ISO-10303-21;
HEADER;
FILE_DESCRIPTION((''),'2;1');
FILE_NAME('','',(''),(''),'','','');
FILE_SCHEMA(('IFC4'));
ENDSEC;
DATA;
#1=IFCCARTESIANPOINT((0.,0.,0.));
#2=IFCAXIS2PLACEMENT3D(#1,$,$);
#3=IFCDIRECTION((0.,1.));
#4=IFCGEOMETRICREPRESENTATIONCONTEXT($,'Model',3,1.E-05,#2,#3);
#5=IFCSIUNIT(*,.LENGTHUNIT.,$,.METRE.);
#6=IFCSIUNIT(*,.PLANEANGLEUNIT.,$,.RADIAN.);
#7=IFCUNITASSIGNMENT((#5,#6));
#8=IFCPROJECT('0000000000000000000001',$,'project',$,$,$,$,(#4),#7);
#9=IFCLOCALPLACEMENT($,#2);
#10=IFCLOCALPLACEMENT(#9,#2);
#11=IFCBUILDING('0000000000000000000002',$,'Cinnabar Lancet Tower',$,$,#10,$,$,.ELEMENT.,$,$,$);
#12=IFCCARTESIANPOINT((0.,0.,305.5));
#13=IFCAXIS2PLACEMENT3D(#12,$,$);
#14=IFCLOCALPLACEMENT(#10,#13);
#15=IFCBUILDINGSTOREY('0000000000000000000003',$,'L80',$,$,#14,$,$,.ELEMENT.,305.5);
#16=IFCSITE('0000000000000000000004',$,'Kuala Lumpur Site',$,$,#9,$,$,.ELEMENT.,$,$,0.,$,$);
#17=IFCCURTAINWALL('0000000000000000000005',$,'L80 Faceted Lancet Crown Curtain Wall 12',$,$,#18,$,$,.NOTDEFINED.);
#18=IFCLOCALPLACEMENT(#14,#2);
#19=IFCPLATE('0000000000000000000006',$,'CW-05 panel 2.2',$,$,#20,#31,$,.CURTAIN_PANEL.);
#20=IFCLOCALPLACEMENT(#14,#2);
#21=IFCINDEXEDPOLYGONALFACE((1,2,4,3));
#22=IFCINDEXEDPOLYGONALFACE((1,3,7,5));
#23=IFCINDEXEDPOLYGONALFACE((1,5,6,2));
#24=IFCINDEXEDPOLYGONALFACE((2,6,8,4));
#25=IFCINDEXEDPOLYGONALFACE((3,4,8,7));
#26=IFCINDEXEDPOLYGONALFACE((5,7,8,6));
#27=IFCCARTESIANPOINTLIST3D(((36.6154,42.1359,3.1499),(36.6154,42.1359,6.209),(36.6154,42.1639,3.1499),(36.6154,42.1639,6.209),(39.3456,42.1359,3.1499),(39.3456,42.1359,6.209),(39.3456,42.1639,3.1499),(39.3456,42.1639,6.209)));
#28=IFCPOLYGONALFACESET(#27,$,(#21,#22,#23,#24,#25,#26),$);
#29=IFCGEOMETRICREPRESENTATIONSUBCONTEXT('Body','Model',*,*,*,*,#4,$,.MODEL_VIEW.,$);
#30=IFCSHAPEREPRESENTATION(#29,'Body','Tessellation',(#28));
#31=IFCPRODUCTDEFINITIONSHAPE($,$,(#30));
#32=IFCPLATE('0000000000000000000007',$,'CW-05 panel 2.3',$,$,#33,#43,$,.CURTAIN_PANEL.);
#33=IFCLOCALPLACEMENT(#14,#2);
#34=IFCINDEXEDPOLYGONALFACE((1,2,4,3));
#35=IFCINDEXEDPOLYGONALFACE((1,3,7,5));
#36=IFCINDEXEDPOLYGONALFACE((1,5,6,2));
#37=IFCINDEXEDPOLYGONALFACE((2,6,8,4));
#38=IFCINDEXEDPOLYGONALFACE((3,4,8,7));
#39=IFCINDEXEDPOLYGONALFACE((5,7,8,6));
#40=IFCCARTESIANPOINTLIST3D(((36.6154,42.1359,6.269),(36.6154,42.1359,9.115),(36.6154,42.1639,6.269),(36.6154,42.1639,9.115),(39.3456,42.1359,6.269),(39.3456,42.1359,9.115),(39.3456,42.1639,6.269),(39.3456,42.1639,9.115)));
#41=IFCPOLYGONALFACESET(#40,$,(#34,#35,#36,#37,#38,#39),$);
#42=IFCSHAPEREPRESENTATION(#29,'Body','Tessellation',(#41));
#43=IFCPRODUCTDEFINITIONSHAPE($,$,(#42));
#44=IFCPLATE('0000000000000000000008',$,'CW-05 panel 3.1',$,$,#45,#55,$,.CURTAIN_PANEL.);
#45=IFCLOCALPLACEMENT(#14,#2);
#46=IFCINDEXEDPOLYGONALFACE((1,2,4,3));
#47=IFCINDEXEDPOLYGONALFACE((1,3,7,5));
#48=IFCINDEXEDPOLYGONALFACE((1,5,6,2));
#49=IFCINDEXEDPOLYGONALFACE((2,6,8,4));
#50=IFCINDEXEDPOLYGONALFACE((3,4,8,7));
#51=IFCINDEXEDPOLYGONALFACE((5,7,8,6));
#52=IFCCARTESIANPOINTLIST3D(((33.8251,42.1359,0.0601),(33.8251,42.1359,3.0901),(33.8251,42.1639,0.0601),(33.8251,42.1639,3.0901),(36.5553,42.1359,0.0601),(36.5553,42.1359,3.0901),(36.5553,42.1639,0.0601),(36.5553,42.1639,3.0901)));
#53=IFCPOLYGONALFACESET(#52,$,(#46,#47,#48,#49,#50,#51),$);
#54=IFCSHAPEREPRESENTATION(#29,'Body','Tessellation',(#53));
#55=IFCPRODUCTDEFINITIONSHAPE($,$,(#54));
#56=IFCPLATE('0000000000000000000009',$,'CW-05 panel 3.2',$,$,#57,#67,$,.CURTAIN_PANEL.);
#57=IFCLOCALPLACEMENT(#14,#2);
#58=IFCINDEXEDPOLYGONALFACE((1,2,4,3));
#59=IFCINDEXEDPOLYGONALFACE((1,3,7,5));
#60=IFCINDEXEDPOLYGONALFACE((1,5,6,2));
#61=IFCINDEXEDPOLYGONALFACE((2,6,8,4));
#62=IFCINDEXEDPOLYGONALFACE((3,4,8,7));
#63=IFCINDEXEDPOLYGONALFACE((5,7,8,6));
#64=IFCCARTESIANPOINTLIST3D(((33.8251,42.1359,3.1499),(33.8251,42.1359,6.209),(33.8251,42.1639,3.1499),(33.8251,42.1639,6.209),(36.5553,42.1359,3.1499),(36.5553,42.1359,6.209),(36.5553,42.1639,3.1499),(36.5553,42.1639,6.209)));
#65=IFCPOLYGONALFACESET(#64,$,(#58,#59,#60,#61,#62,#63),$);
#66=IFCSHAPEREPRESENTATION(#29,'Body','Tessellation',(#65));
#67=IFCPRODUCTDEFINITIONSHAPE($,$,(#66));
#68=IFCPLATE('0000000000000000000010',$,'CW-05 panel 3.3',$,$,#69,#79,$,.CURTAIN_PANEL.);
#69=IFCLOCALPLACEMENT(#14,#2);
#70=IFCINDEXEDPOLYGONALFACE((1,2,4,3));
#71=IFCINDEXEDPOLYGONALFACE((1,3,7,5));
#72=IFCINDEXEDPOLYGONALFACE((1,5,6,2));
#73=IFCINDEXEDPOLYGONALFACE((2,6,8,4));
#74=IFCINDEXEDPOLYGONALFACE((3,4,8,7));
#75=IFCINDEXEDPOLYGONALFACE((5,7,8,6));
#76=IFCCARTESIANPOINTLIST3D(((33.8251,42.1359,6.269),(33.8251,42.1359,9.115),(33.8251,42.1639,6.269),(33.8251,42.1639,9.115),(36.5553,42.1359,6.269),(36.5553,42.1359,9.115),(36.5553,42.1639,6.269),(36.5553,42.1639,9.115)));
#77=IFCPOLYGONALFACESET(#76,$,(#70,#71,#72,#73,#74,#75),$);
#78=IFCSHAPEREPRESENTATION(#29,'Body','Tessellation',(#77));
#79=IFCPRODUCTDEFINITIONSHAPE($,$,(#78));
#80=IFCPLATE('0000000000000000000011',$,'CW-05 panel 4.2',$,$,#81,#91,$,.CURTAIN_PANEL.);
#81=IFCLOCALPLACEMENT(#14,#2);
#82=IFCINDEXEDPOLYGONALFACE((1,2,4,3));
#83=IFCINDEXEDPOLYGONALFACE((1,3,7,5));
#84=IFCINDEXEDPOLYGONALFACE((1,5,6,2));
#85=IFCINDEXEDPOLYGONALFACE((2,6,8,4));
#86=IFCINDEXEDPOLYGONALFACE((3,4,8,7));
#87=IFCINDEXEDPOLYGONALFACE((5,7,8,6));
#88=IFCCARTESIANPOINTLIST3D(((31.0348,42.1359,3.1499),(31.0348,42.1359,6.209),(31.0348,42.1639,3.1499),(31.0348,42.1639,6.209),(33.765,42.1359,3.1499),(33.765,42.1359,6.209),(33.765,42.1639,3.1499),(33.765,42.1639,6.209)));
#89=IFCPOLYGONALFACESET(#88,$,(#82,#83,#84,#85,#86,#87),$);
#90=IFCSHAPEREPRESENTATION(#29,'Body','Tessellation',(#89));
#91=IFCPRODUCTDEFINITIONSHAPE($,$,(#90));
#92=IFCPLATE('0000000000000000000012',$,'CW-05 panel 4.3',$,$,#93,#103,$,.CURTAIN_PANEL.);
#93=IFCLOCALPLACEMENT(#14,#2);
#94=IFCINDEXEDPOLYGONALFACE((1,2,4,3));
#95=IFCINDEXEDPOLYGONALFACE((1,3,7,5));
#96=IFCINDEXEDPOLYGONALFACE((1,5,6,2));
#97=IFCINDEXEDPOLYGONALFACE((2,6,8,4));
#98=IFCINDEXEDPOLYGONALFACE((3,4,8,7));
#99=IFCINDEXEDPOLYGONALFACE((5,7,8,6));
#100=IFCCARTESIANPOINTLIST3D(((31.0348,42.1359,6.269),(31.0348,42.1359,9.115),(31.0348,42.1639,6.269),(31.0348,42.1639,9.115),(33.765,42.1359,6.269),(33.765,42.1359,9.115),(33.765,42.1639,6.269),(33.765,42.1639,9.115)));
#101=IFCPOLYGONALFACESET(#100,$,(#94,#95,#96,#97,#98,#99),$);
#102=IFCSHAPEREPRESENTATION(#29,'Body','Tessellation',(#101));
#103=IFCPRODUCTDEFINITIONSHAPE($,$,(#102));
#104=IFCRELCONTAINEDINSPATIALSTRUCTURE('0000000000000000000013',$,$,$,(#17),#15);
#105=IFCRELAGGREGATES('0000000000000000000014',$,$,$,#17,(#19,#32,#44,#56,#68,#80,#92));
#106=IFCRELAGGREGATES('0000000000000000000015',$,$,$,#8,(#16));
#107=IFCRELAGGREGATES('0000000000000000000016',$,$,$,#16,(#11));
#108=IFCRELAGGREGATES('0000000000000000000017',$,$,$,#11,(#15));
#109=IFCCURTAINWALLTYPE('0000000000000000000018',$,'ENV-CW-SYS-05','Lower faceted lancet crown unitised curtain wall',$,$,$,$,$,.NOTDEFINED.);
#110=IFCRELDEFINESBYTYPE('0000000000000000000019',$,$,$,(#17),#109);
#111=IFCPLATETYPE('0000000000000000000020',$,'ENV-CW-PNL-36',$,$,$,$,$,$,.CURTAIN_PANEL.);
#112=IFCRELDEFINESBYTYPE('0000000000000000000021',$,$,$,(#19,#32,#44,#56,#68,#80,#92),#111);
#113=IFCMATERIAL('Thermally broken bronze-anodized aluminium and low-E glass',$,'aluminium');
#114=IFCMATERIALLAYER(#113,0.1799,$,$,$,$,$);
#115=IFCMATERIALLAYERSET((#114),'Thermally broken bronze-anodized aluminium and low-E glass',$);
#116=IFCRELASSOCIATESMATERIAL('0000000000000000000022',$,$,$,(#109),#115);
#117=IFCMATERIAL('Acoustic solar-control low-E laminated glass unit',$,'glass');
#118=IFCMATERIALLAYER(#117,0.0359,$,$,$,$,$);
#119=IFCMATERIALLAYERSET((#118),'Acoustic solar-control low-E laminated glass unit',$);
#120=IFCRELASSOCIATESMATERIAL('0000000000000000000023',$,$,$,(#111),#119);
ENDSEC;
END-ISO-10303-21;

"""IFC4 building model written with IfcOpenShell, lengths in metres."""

from ifc_helpers import new_model, si_unit, direction, frame, origin, origin_2d, place, context, subcontext, project, spatial, rectangle, extrude, material, layer, layer_set, type_object, element, aggregate, save


model = new_model("IFC4")

# Units and contexts
model_context = context("Model", 3, precision=1e-05, world=origin(), true_north=direction((0.0, 1.0)))
body_context = subcontext(model_context, "Body", "Model", "MODEL_VIEW")
ifc_project = project(units=[si_unit("LENGTHUNIT", "METRE"), si_unit("PLANEANGLEUNIT", "RADIAN")], contexts=[model_context])

# Site, building, storey
site_placement = place(None, origin())
site = spatial("IfcSite", under=ifc_project, at=site_placement, Name="Kuala Lumpur Site", CompositionType="ELEMENT", RefElevation=0.0)
building_placement = place(site_placement, origin())
building = spatial("IfcBuilding", under=site, at=building_placement, Name="Cinnabar Lancet Tower", CompositionType="ELEMENT")
storey_placement = place(building_placement, frame((0.0, 0.0, 305.5)))
storey = spatial("IfcBuildingStorey", under=building, at=storey_placement, Name="L80", CompositionType="ELEMENT", Elevation=305.5)

# Curtain wall, plates
ifc_material_1 = material(Name="Thermally broken bronze-anodized aluminium and low-E glass", Category="aluminium")
ifc_layer_1 = layer(ifc_material_1, 0.1799)
ifc_layer_set_1 = layer_set([ifc_layer_1], Name="Thermally broken bronze-anodized aluminium and low-E glass")
curtain_wall_type = type_object("IfcCurtainWallType", Name="ENV-CW-SYS-05", Description="Lower faceted lancet crown unitised curtain wall", PredefinedType="NOTDEFINED", material=ifc_layer_set_1)
curtain_wall_placement = place(storey_placement, origin())
curtain_wall = element("IfcCurtainWall", 1, at=curtain_wall_placement, inside=storey, type_object=curtain_wall_type, Name="L80 Faceted Lancet Crown Curtain Wall 12", PredefinedType="NOTDEFINED")
ifc_material_2 = material(Name="Acoustic solar-control low-E laminated glass unit", Category="glass")
ifc_layer_2 = layer(ifc_material_2, 0.0359)
ifc_layer_set_2 = layer_set([ifc_layer_2], Name="Acoustic solar-control low-E laminated glass unit")
plate_type = type_object("IfcPlateType", Name="ENV-CW-PNL-36", PredefinedType="CURTAIN_PANEL", material=ifc_layer_set_2)
plate_1_placement = place(storey_placement, frame((37.9805, 42.1499, 3.1499), z_axis=(0.0, 0.0, 1.0), x_axis=(-1.0, 0.0, 0.0)))
plate_1 = element("IfcPlate", 2, at=plate_1_placement, type_object=plate_type, Name="CW-05 panel 2.2", PredefinedType="CURTAIN_PANEL", context=body_context, shape_type="SweptSolid", body=[
    extrude(rectangle(XDim=2.7302, YDim=0.0281, at=origin_2d()), origin(), (0.0, 0.0, 1.0), 3.0591),
])
plate_2_placement = place(storey_placement, frame((37.9805, 42.1499, 6.269), z_axis=(0.0, 0.0, 1.0), x_axis=(-1.0, 0.0, 0.0)))
plate_2 = element("IfcPlate", 3, at=plate_2_placement, type_object=plate_type, Name="CW-05 panel 2.3", PredefinedType="CURTAIN_PANEL", context=body_context, shape_type="SweptSolid", body=[
    extrude(rectangle(XDim=2.7302, YDim=0.0281, at=origin_2d()), origin(), (0.0, 0.0, 1.0), 2.8459),
])
plate_3_placement = place(storey_placement, frame((35.1902, 42.1499, 0.0601), z_axis=(0.0, 0.0, 1.0), x_axis=(-1.0, 0.0, 0.0)))
plate_3 = element("IfcPlate", 4, at=plate_3_placement, type_object=plate_type, Name="CW-05 panel 3.1", PredefinedType="CURTAIN_PANEL", context=body_context, shape_type="SweptSolid", body=[
    extrude(rectangle(XDim=2.7302, YDim=0.0281, at=origin_2d()), origin(), (0.0, 0.0, 1.0), 3.03),
])
plate_4_placement = place(storey_placement, frame((35.1902, 42.1499, 3.1499), z_axis=(0.0, 0.0, 1.0), x_axis=(-1.0, 0.0, 0.0)))
plate_4 = element("IfcPlate", 5, at=plate_4_placement, type_object=plate_type, Name="CW-05 panel 3.2", PredefinedType="CURTAIN_PANEL", context=body_context, shape_type="SweptSolid", body=[
    extrude(rectangle(XDim=2.7302, YDim=0.0281, at=origin_2d()), origin(), (0.0, 0.0, 1.0), 3.0591),
])
plate_5_placement = place(storey_placement, frame((35.1902, 42.1499, 6.269), z_axis=(0.0, 0.0, 1.0), x_axis=(-1.0, 0.0, 0.0)))
plate_5 = element("IfcPlate", 6, at=plate_5_placement, type_object=plate_type, Name="CW-05 panel 3.3", PredefinedType="CURTAIN_PANEL", context=body_context, shape_type="SweptSolid", body=[
    extrude(rectangle(XDim=2.7302, YDim=0.0281, at=origin_2d()), origin(), (0.0, 0.0, 1.0), 2.8459),
])
plate_6_placement = place(storey_placement, frame((32.3999, 42.1499, 3.1499), z_axis=(0.0, 0.0, 1.0), x_axis=(-1.0, 0.0, 0.0)))
plate_6 = element("IfcPlate", 7, at=plate_6_placement, type_object=plate_type, Name="CW-05 panel 4.2", PredefinedType="CURTAIN_PANEL", context=body_context, shape_type="SweptSolid", body=[
    extrude(rectangle(XDim=2.7302, YDim=0.0281, at=origin_2d()), origin(), (0.0, 0.0, 1.0), 3.0591),
])
plate_7_placement = place(storey_placement, frame((32.3999, 42.1499, 6.269), z_axis=(0.0, 0.0, 1.0), x_axis=(-1.0, 0.0, 0.0)))
plate_7 = element("IfcPlate", 8, at=plate_7_placement, type_object=plate_type, Name="CW-05 panel 4.3", PredefinedType="CURTAIN_PANEL", context=body_context, shape_type="SweptSolid", body=[
    extrude(rectangle(XDim=2.7302, YDim=0.0281, at=origin_2d()), origin(), (0.0, 0.0, 1.0), 2.8459),
])
aggregate(curtain_wall, [plate_1, plate_2, plate_3, plate_4, plate_5, plate_6, plate_7])

save(model, "model.ifc")
